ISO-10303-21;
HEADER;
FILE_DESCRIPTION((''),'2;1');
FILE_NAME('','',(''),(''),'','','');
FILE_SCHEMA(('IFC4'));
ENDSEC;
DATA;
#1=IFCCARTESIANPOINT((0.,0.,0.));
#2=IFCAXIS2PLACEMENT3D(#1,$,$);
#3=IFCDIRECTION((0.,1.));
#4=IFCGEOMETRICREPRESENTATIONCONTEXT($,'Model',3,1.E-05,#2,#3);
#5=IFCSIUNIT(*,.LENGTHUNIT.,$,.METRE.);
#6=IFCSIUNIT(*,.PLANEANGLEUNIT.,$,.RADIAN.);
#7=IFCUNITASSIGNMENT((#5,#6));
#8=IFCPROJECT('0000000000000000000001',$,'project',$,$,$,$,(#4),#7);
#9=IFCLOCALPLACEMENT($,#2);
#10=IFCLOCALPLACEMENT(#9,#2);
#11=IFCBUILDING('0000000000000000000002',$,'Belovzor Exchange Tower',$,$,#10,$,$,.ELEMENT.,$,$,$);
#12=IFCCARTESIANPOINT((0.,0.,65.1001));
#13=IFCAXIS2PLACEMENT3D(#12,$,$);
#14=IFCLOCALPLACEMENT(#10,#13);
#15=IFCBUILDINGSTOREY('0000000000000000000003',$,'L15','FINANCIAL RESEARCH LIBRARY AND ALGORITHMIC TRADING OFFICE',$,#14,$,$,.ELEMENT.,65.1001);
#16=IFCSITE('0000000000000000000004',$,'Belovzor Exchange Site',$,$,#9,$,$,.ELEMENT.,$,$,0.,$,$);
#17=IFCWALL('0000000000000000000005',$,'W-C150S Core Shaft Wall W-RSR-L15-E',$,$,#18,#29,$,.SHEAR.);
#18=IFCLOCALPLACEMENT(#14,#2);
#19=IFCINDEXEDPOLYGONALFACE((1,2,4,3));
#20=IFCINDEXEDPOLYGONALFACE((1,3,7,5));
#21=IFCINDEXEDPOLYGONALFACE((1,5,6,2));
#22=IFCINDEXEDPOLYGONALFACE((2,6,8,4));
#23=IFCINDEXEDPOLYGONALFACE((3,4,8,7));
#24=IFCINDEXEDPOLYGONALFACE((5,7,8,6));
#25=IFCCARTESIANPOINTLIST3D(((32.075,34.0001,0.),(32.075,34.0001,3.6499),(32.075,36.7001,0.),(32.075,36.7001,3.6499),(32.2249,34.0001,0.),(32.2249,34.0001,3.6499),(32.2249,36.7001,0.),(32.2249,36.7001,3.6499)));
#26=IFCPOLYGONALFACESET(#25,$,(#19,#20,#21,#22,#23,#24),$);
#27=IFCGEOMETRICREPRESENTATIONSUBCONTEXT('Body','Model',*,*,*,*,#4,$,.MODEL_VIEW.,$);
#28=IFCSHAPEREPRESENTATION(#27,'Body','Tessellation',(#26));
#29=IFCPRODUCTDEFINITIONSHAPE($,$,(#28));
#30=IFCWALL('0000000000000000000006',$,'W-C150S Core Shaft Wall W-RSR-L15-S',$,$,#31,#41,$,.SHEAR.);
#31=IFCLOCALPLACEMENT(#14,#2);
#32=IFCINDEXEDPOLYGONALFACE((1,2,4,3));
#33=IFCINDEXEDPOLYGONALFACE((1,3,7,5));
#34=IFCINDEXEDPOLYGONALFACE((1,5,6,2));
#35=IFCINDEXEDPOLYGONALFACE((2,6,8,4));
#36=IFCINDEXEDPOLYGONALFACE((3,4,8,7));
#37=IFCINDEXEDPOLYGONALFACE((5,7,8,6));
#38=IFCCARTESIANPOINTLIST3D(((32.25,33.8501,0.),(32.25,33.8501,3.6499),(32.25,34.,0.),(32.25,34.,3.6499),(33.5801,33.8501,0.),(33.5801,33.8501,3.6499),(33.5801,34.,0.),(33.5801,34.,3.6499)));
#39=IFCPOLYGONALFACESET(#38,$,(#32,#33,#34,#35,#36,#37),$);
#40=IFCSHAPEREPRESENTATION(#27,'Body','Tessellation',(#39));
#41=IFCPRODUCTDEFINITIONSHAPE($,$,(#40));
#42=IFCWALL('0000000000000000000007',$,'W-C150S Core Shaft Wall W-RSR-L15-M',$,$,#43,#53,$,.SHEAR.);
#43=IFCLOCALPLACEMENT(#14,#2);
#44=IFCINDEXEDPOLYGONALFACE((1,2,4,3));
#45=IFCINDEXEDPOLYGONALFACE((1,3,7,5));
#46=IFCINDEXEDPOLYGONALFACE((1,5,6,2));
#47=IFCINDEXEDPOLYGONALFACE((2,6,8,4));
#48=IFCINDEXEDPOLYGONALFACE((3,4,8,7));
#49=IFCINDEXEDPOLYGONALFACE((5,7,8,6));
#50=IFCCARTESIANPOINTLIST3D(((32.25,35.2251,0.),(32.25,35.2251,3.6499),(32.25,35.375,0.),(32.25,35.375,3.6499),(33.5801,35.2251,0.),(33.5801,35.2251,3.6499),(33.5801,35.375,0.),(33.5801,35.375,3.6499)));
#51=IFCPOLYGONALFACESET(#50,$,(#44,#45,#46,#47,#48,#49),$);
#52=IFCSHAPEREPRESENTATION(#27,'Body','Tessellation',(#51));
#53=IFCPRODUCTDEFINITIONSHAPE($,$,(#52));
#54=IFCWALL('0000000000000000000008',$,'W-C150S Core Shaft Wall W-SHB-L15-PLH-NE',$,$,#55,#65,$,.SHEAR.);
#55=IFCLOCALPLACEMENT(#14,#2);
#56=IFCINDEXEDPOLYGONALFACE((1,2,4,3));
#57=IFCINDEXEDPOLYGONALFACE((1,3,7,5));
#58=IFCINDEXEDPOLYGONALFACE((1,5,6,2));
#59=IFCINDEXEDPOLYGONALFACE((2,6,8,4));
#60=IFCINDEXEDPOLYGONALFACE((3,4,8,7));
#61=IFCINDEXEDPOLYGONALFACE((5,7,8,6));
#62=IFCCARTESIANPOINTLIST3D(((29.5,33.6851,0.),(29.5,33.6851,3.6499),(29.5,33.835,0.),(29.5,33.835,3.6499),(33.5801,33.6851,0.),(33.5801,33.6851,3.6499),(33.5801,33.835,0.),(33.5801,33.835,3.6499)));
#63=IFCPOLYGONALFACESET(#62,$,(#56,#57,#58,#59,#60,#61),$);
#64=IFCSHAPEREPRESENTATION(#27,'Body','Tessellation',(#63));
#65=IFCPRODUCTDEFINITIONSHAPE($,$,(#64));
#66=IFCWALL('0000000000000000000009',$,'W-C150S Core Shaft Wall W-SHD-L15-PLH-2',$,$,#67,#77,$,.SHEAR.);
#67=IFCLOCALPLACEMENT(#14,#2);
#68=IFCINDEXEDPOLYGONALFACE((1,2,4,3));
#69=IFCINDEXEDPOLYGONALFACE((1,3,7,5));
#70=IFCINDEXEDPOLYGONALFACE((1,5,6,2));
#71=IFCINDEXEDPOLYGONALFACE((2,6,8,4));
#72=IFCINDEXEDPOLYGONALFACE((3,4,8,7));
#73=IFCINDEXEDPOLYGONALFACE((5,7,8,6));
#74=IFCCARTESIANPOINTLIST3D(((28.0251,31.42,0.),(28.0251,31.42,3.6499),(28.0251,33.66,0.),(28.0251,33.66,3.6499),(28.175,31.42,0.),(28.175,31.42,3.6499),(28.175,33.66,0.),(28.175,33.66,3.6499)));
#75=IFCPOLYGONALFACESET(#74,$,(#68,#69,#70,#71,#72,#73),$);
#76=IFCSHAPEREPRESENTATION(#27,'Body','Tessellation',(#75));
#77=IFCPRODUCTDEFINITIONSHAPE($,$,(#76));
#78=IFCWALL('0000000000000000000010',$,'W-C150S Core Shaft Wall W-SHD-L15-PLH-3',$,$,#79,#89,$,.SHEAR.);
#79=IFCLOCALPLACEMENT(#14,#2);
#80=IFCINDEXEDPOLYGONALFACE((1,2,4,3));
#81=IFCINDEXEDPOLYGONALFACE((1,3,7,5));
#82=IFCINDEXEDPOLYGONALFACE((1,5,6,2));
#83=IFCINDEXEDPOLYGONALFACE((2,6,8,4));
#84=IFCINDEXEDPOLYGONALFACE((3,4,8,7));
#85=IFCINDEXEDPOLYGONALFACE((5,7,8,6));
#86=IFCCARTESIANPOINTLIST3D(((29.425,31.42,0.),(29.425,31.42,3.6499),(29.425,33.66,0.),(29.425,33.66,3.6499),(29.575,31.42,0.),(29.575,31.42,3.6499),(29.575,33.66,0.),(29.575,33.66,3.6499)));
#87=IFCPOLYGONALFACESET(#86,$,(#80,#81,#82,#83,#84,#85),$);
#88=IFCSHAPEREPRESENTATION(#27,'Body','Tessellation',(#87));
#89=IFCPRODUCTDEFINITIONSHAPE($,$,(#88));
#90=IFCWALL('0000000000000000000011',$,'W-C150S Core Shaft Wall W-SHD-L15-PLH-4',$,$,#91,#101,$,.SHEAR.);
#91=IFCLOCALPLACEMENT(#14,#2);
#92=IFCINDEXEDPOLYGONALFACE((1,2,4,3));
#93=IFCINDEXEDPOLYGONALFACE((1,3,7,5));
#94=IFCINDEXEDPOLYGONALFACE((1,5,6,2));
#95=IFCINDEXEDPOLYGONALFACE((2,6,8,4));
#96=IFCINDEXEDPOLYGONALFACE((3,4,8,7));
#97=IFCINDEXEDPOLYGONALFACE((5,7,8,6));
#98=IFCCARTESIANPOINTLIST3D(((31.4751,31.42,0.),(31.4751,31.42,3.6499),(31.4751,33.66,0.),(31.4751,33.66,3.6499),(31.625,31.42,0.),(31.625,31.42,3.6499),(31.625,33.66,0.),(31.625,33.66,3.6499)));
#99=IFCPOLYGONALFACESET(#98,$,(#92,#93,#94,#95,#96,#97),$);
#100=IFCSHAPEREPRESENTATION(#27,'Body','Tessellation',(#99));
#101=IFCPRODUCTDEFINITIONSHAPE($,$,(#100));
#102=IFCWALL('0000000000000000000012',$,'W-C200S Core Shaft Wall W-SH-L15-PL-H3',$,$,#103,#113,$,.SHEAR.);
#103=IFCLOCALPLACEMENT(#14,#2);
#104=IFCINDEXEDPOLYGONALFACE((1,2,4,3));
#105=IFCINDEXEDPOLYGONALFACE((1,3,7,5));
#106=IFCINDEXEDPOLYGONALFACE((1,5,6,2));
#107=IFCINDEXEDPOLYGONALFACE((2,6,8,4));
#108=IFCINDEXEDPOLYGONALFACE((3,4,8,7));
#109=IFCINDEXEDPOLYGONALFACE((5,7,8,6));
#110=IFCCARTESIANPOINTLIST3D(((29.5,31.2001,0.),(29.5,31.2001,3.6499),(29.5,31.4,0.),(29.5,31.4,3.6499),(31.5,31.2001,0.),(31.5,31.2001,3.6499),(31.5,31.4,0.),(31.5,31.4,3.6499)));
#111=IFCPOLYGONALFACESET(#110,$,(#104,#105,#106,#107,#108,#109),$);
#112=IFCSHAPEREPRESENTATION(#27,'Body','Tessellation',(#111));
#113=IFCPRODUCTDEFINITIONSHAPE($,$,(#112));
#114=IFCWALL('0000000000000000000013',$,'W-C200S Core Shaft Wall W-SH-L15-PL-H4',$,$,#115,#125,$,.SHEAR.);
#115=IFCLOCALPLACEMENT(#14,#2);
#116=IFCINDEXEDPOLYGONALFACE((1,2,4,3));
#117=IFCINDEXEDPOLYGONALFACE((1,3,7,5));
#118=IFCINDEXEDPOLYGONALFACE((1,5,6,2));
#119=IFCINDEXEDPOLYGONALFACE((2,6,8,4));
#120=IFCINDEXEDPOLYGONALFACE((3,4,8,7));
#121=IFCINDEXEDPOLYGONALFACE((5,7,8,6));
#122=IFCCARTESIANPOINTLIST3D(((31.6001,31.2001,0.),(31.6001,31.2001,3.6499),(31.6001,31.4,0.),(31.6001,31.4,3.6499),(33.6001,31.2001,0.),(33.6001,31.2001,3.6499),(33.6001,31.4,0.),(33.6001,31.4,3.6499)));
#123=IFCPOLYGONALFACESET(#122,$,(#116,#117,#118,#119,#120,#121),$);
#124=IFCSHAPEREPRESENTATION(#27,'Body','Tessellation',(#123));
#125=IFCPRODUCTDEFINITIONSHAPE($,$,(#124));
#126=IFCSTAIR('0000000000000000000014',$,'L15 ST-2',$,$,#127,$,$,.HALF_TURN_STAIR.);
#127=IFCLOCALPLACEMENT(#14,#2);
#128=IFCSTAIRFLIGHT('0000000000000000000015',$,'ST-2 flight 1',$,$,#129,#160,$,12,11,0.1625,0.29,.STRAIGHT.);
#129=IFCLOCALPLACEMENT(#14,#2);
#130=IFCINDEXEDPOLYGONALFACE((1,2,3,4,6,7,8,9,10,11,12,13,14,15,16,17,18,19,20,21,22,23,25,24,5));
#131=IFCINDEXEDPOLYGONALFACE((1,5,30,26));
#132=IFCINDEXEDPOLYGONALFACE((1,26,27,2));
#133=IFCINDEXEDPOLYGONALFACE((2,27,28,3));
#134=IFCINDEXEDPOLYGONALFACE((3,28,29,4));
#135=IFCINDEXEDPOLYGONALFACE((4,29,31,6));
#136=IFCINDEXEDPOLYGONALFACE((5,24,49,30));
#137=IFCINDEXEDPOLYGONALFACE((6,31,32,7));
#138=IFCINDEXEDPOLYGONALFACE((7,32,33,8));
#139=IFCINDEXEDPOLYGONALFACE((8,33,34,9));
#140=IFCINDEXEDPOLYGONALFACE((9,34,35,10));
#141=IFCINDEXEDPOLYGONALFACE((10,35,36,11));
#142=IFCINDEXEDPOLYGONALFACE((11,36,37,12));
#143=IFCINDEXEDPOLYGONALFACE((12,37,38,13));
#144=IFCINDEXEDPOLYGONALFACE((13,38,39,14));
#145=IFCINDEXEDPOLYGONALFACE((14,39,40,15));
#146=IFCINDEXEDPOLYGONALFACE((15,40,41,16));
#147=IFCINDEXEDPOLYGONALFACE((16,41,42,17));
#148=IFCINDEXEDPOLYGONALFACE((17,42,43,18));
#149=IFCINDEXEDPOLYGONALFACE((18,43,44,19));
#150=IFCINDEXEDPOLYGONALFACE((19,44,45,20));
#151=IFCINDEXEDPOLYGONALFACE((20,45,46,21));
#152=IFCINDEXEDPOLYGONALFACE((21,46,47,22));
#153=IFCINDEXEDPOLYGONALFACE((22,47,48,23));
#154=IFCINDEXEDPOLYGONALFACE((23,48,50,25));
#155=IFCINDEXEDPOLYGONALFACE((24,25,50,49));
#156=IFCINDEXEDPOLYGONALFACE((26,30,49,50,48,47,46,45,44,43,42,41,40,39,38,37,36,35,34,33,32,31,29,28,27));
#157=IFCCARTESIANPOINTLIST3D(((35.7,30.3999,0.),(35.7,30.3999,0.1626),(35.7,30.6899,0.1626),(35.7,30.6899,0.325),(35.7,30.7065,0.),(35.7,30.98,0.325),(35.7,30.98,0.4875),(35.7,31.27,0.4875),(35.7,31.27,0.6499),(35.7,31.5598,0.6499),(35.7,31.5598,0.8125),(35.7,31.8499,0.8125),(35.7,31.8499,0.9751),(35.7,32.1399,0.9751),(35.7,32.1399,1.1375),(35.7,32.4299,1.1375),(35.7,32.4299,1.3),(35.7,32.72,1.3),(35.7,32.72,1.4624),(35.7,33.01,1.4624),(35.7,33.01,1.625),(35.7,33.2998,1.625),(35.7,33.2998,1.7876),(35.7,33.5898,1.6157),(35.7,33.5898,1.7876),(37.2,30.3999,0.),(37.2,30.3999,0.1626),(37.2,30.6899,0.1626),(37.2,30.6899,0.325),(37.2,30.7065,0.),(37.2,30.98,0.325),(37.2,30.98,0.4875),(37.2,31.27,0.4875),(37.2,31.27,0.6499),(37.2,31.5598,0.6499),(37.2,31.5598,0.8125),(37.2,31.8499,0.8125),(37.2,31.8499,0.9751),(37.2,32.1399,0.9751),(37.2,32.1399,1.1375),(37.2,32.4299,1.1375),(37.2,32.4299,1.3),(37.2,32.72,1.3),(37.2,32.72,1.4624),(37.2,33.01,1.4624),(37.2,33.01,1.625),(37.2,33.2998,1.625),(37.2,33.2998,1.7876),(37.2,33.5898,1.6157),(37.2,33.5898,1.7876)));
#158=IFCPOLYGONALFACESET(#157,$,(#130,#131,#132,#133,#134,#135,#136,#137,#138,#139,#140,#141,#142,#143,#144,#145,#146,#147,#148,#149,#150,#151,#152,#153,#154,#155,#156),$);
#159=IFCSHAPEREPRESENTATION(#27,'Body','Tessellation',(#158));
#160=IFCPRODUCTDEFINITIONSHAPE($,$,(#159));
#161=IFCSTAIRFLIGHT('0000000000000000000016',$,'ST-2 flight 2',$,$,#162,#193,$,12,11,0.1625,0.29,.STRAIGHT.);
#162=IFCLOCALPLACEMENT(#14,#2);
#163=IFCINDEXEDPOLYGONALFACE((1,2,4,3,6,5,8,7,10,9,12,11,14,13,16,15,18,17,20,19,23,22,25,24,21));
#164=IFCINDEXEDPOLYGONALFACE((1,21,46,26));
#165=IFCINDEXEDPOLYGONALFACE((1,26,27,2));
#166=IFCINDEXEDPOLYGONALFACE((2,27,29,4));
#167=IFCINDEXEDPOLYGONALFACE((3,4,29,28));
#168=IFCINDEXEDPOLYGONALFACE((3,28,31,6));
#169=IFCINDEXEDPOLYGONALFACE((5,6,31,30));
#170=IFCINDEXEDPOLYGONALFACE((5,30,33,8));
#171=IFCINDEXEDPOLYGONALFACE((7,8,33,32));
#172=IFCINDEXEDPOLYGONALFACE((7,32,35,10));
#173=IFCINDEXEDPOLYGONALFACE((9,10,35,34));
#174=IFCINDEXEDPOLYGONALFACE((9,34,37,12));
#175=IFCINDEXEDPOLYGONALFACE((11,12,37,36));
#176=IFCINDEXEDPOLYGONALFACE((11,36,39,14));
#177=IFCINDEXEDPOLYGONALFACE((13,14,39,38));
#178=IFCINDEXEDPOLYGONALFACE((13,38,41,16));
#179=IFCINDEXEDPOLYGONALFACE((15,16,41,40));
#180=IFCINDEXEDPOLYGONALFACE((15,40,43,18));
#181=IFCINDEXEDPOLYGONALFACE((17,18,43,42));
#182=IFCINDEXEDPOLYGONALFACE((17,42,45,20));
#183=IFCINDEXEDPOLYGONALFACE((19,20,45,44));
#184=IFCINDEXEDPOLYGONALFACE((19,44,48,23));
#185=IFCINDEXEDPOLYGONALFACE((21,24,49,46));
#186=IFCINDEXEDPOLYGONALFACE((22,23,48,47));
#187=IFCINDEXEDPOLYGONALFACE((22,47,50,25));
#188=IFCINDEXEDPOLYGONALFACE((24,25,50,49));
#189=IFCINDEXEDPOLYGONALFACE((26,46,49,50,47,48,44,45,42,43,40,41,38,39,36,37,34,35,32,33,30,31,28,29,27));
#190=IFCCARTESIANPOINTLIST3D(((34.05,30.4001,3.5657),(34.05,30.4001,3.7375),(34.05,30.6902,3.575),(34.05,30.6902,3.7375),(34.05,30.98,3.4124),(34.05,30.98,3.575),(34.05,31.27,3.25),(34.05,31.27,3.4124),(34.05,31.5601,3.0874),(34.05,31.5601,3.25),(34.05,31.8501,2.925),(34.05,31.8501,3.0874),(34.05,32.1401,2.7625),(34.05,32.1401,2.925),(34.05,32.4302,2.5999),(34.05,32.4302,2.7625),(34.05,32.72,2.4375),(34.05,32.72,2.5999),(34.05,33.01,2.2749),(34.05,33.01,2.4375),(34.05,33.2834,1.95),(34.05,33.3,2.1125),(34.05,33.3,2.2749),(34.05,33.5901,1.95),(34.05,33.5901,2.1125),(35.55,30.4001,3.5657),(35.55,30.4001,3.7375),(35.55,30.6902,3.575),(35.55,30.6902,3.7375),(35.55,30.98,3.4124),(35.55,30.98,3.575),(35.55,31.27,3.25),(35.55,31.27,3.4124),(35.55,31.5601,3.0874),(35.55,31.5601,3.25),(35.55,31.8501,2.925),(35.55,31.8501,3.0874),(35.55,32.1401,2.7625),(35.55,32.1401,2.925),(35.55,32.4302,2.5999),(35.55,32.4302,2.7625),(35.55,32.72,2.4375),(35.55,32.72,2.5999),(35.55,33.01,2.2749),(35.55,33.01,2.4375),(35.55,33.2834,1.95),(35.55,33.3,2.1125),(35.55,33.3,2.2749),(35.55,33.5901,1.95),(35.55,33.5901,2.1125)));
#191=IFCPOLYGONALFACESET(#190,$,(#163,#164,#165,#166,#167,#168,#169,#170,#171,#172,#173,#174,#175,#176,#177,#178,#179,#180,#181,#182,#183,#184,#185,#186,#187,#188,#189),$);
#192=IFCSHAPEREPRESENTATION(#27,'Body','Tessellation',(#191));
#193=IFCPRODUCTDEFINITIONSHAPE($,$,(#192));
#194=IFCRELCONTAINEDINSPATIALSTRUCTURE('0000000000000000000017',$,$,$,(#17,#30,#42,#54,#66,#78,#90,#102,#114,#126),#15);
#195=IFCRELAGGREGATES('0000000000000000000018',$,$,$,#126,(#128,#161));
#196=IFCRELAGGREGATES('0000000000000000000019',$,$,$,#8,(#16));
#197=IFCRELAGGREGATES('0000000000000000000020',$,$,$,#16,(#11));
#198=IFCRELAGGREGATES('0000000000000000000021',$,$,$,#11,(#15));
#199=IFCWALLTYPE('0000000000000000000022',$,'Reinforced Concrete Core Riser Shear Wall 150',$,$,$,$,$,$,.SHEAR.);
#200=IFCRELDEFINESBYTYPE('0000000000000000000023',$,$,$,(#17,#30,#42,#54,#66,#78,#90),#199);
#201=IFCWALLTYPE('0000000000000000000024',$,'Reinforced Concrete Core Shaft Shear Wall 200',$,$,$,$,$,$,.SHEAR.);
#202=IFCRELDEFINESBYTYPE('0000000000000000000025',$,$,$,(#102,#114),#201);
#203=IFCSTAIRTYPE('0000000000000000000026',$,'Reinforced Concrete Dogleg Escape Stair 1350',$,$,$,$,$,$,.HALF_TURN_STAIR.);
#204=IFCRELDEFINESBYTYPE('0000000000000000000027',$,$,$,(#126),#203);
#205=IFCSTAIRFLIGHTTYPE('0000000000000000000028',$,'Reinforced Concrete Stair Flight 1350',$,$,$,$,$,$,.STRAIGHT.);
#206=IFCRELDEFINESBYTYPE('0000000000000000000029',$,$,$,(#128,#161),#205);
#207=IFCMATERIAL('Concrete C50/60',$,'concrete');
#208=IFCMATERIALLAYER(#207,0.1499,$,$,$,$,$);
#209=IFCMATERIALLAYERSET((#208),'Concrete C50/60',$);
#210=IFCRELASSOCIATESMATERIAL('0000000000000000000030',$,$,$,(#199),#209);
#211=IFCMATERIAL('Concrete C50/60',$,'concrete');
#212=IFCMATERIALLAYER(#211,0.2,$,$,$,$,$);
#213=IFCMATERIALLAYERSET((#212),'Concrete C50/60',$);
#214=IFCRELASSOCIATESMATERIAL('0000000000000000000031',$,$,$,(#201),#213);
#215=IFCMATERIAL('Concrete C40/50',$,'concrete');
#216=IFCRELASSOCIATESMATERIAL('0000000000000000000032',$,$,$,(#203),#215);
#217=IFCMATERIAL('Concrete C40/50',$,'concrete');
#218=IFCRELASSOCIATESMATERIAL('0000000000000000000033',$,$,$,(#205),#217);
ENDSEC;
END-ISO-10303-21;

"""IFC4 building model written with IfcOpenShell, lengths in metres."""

from ifc_helpers import new_model, si_unit, direction, frame, frame_2d, origin, place, context, subcontext, project, spatial, polyline, rectangle, outline, extrude, material, layer, layer_set, type_object, element, aggregate, save


model = new_model("IFC4")

# Units and contexts
model_context = context("Model", 3, precision=1e-05, world=origin(), true_north=direction((0.0, 1.0)))
body_context = subcontext(model_context, "Body", "Model", "MODEL_VIEW")
ifc_project = project(units=[si_unit("LENGTHUNIT", "METRE"), si_unit("PLANEANGLEUNIT", "RADIAN")], contexts=[model_context])

# Site, building, storey
site_placement = place(None, origin())
site = spatial("IfcSite", under=ifc_project, at=site_placement, Name="Belovzor Exchange Site", CompositionType="ELEMENT", RefElevation=0.0)
building_placement = place(site_placement, origin())
building = spatial("IfcBuilding", under=site, at=building_placement, Name="Belovzor Exchange Tower", CompositionType="ELEMENT")
storey_placement = place(building_placement, frame((0.0, 0.0, 65.1001)))
storey = spatial("IfcBuildingStorey", under=building, at=storey_placement, Name="L15", Description="FINANCIAL RESEARCH LIBRARY AND ALGORITHMIC TRADING OFFICE", CompositionType="ELEMENT", Elevation=65.1001)

# Walls
ifc_material_1 = material(Name="Concrete C50/60", Category="concrete")
ifc_layer_1 = layer(ifc_material_1, 0.1499)
ifc_layer_set_1 = layer_set([ifc_layer_1], Name="Concrete C50/60")
wall_type_1 = type_object("IfcWallType", Name="Reinforced Concrete Core Riser Shear Wall 150", PredefinedType="SHEAR", material=ifc_layer_set_1)
wall_1_placement = place(storey_placement, frame((32.1499, 34.0, 0.0), z_axis=(0.0, 0.0, 1.0), x_axis=(0.0, 1.0, 0.0)))
element("IfcWall", 1, at=wall_1_placement, inside=storey, type_object=wall_type_1, Name="W-C150S Core Shaft Wall W-RSR-L15-E", PredefinedType="SHEAR", context=body_context, shape_type="SweptSolid", body=[
    extrude(rectangle(XDim=2.7, YDim=0.1499, at=frame_2d((1.3501, 0.0))), origin(), (0.0, 0.0, 1.0), 3.6499),
])
for number, where, z_axis, x_axis, name in (
    (2, (32.25, 33.925, 0.0), (0.0, 0.0, 1.0), (1.0, 0.0, 0.0), "W-C150S Core Shaft Wall W-RSR-L15-S"),
    (3, (32.25, 35.3, 0.0), (0.0, 0.0, 1.0), (1.0, 0.0, 0.0), "W-C150S Core Shaft Wall W-RSR-L15-M"),
):
    element("IfcWall", number, at=place(storey_placement, frame(where, z_axis=z_axis, x_axis=x_axis)), inside=storey, type_object=wall_type_1, Name=name, PredefinedType="SHEAR", context=body_context, shape_type="SweptSolid", body=[
        extrude(rectangle(XDim=1.3301, YDim=0.1499, at=frame_2d((0.665, 0.0))), origin(), (0.0, 0.0, 1.0), 3.6499),
    ])
wall_2_placement = place(storey_placement, frame((29.5, 33.76, 0.0), z_axis=(0.0, 0.0, 1.0), x_axis=(1.0, 0.0, 0.0)))
element("IfcWall", 4, at=wall_2_placement, inside=storey, type_object=wall_type_1, Name="W-C150S Core Shaft Wall W-SHB-L15-PLH-NE", PredefinedType="SHEAR", context=body_context, shape_type="SweptSolid", body=[
    extrude(rectangle(XDim=4.0801, YDim=0.1499, at=frame_2d((2.04, 0.0))), origin(), (0.0, 0.0, 1.0), 3.6499),
])
for number, where, z_axis, x_axis, name in (
    (5, (28.1001, 31.4199, 0.0), (0.0, 0.0, 1.0), (0.0, 1.0, 0.0), "W-C150S Core Shaft Wall W-SHD-L15-PLH-2"),
    (6, (29.5, 31.4199, 0.0), (0.0, 0.0, 1.0), (0.0, 1.0, 0.0), "W-C150S Core Shaft Wall W-SHD-L15-PLH-3"),
    (7, (31.55, 31.4199, 0.0), (0.0, 0.0, 1.0), (0.0, 1.0, 0.0), "W-C150S Core Shaft Wall W-SHD-L15-PLH-4"),
):
    element("IfcWall", number, at=place(storey_placement, frame(where, z_axis=z_axis, x_axis=x_axis)), inside=storey, type_object=wall_type_1, Name=name, PredefinedType="SHEAR", context=body_context, shape_type="SweptSolid", body=[
        extrude(rectangle(XDim=2.24, YDim=0.1499, at=frame_2d((1.1201, 0.0))), origin(), (0.0, 0.0, 1.0), 3.6499),
    ])
ifc_material_2 = material(Name="Concrete C50/60", Category="concrete")
ifc_layer_2 = layer(ifc_material_2, 0.2)
ifc_layer_set_2 = layer_set([ifc_layer_2], Name="Concrete C50/60")
wall_type_2 = type_object("IfcWallType", Name="Reinforced Concrete Core Shaft Shear Wall 200", PredefinedType="SHEAR", material=ifc_layer_set_2)
for number, where, z_axis, x_axis, name in (
    (8, (29.5, 31.3, 0.0), (0.0, 0.0, 1.0), (1.0, 0.0, 0.0), "W-C200S Core Shaft Wall W-SH-L15-PL-H3"),
    (9, (31.6001, 31.3, 0.0), (0.0, 0.0, 1.0), (1.0, 0.0, 0.0), "W-C200S Core Shaft Wall W-SH-L15-PL-H4"),
):
    element("IfcWall", number, at=place(storey_placement, frame(where, z_axis=z_axis, x_axis=x_axis)), inside=storey, type_object=wall_type_2, Name=name, PredefinedType="SHEAR", context=body_context, shape_type="SweptSolid", body=[
        extrude(rectangle(XDim=2.0, YDim=0.2, at=frame_2d((1.0, 0.0))), origin(), (0.0, 0.0, 1.0), 3.6499),
    ])

# Stair, stair flights
ifc_material_3 = material(Name="Concrete C40/50", Category="concrete")
stair_type = type_object("IfcStairType", Name="Reinforced Concrete Dogleg Escape Stair 1350", PredefinedType="HALF_TURN_STAIR", material=ifc_material_3)
stair_placement = place(storey_placement, origin())
stair = element("IfcStair", 10, at=stair_placement, inside=storey, type_object=stair_type, Name="L15 ST-2", PredefinedType="HALF_TURN_STAIR")
ifc_material_4 = material(Name="Concrete C40/50", Category="concrete")
stair_flight_type = type_object("IfcStairFlightType", Name="Reinforced Concrete Stair Flight 1350", PredefinedType="STRAIGHT", material=ifc_material_4)
stair_flight_1_placement = place(storey_placement, frame((36.45, 30.3999, 0.0), z_axis=(0.0, 0.0, 1.0), x_axis=(0.0, 1.0, 0.0)))
stair_flight_1 = element("IfcStairFlight", 11, at=stair_flight_1_placement, type_object=stair_flight_type, Name="ST-2 flight 1", NumberOfRisers=12, NumberOfTreads=11, PredefinedType="STRAIGHT", RiserHeight=0.1625, TreadLength=0.29, context=body_context, shape_type="SweptSolid", body=[
    extrude(outline(polyline([(0.0, 0.0), (0.0, 0.1626), (0.29, 0.1626), (0.29, 0.325), (0.5801, 0.325), (0.5801, 0.4875), (0.8701, 0.4875), (0.8701, 0.6499), (1.1599, 0.6499), (1.1599, 0.8125), (1.45, 0.8125), (1.45, 0.9751), (1.74, 0.9751), (1.74, 1.1375), (2.03, 1.1375), (2.03, 1.3), (2.3201, 1.3), (2.3201, 1.4624), (2.6101, 1.4624), (2.6101, 1.625), (2.8999, 1.625), (2.8999, 1.7876), (3.1899, 1.7876), (3.1899, 1.95), (3.1899, 1.6157), (0.3066, 0.0), (0.0, 0.0)])), frame((0.0, 0.75, 0.0), z_axis=(0.0, -1.0, 0.0), x_axis=(1.0, 0.0, 0.0)), (0.0, 0.0, 1.0), 1.5),
])
stair_flight_2_placement = place(storey_placement, frame((34.8, 33.5901, 1.95), z_axis=(0.0, 0.0, 1.0), x_axis=(0.0, -1.0, 0.0)))
stair_flight_2 = element("IfcStairFlight", 12, at=stair_flight_2_placement, type_object=stair_flight_type, Name="ST-2 flight 2", NumberOfRisers=12, NumberOfTreads=11, PredefinedType="STRAIGHT", RiserHeight=0.1625, TreadLength=0.29, context=body_context, shape_type="SweptSolid", body=[
    extrude(outline(polyline([(0.0, 0.0), (0.0, 0.1626), (0.29, 0.1626), (0.29, 0.325), (0.5801, 0.325), (0.5801, 0.4875), (0.8701, 0.4875), (0.8701, 0.6499), (1.1599, 0.6499), (1.1599, 0.8125), (1.45, 0.8125), (1.45, 0.9751), (1.74, 0.9751), (1.74, 1.1375), (2.03, 1.1375), (2.03, 1.3), (2.3201, 1.3), (2.3201, 1.4624), (2.6101, 1.4624), (2.6101, 1.625), (2.8999, 1.625), (2.8999, 1.7876), (3.1899, 1.7876), (3.1899, 1.95), (3.1899, 1.6157), (0.3066, 0.0), (0.0, 0.0)])), frame((0.0, 0.75, 0.0), z_axis=(0.0, -1.0, 0.0), x_axis=(1.0, 0.0, 0.0)), (0.0, 0.0, 1.0), 1.5),
])
aggregate(stair, [stair_flight_1, stair_flight_2])

save(model, "model.ifc")
